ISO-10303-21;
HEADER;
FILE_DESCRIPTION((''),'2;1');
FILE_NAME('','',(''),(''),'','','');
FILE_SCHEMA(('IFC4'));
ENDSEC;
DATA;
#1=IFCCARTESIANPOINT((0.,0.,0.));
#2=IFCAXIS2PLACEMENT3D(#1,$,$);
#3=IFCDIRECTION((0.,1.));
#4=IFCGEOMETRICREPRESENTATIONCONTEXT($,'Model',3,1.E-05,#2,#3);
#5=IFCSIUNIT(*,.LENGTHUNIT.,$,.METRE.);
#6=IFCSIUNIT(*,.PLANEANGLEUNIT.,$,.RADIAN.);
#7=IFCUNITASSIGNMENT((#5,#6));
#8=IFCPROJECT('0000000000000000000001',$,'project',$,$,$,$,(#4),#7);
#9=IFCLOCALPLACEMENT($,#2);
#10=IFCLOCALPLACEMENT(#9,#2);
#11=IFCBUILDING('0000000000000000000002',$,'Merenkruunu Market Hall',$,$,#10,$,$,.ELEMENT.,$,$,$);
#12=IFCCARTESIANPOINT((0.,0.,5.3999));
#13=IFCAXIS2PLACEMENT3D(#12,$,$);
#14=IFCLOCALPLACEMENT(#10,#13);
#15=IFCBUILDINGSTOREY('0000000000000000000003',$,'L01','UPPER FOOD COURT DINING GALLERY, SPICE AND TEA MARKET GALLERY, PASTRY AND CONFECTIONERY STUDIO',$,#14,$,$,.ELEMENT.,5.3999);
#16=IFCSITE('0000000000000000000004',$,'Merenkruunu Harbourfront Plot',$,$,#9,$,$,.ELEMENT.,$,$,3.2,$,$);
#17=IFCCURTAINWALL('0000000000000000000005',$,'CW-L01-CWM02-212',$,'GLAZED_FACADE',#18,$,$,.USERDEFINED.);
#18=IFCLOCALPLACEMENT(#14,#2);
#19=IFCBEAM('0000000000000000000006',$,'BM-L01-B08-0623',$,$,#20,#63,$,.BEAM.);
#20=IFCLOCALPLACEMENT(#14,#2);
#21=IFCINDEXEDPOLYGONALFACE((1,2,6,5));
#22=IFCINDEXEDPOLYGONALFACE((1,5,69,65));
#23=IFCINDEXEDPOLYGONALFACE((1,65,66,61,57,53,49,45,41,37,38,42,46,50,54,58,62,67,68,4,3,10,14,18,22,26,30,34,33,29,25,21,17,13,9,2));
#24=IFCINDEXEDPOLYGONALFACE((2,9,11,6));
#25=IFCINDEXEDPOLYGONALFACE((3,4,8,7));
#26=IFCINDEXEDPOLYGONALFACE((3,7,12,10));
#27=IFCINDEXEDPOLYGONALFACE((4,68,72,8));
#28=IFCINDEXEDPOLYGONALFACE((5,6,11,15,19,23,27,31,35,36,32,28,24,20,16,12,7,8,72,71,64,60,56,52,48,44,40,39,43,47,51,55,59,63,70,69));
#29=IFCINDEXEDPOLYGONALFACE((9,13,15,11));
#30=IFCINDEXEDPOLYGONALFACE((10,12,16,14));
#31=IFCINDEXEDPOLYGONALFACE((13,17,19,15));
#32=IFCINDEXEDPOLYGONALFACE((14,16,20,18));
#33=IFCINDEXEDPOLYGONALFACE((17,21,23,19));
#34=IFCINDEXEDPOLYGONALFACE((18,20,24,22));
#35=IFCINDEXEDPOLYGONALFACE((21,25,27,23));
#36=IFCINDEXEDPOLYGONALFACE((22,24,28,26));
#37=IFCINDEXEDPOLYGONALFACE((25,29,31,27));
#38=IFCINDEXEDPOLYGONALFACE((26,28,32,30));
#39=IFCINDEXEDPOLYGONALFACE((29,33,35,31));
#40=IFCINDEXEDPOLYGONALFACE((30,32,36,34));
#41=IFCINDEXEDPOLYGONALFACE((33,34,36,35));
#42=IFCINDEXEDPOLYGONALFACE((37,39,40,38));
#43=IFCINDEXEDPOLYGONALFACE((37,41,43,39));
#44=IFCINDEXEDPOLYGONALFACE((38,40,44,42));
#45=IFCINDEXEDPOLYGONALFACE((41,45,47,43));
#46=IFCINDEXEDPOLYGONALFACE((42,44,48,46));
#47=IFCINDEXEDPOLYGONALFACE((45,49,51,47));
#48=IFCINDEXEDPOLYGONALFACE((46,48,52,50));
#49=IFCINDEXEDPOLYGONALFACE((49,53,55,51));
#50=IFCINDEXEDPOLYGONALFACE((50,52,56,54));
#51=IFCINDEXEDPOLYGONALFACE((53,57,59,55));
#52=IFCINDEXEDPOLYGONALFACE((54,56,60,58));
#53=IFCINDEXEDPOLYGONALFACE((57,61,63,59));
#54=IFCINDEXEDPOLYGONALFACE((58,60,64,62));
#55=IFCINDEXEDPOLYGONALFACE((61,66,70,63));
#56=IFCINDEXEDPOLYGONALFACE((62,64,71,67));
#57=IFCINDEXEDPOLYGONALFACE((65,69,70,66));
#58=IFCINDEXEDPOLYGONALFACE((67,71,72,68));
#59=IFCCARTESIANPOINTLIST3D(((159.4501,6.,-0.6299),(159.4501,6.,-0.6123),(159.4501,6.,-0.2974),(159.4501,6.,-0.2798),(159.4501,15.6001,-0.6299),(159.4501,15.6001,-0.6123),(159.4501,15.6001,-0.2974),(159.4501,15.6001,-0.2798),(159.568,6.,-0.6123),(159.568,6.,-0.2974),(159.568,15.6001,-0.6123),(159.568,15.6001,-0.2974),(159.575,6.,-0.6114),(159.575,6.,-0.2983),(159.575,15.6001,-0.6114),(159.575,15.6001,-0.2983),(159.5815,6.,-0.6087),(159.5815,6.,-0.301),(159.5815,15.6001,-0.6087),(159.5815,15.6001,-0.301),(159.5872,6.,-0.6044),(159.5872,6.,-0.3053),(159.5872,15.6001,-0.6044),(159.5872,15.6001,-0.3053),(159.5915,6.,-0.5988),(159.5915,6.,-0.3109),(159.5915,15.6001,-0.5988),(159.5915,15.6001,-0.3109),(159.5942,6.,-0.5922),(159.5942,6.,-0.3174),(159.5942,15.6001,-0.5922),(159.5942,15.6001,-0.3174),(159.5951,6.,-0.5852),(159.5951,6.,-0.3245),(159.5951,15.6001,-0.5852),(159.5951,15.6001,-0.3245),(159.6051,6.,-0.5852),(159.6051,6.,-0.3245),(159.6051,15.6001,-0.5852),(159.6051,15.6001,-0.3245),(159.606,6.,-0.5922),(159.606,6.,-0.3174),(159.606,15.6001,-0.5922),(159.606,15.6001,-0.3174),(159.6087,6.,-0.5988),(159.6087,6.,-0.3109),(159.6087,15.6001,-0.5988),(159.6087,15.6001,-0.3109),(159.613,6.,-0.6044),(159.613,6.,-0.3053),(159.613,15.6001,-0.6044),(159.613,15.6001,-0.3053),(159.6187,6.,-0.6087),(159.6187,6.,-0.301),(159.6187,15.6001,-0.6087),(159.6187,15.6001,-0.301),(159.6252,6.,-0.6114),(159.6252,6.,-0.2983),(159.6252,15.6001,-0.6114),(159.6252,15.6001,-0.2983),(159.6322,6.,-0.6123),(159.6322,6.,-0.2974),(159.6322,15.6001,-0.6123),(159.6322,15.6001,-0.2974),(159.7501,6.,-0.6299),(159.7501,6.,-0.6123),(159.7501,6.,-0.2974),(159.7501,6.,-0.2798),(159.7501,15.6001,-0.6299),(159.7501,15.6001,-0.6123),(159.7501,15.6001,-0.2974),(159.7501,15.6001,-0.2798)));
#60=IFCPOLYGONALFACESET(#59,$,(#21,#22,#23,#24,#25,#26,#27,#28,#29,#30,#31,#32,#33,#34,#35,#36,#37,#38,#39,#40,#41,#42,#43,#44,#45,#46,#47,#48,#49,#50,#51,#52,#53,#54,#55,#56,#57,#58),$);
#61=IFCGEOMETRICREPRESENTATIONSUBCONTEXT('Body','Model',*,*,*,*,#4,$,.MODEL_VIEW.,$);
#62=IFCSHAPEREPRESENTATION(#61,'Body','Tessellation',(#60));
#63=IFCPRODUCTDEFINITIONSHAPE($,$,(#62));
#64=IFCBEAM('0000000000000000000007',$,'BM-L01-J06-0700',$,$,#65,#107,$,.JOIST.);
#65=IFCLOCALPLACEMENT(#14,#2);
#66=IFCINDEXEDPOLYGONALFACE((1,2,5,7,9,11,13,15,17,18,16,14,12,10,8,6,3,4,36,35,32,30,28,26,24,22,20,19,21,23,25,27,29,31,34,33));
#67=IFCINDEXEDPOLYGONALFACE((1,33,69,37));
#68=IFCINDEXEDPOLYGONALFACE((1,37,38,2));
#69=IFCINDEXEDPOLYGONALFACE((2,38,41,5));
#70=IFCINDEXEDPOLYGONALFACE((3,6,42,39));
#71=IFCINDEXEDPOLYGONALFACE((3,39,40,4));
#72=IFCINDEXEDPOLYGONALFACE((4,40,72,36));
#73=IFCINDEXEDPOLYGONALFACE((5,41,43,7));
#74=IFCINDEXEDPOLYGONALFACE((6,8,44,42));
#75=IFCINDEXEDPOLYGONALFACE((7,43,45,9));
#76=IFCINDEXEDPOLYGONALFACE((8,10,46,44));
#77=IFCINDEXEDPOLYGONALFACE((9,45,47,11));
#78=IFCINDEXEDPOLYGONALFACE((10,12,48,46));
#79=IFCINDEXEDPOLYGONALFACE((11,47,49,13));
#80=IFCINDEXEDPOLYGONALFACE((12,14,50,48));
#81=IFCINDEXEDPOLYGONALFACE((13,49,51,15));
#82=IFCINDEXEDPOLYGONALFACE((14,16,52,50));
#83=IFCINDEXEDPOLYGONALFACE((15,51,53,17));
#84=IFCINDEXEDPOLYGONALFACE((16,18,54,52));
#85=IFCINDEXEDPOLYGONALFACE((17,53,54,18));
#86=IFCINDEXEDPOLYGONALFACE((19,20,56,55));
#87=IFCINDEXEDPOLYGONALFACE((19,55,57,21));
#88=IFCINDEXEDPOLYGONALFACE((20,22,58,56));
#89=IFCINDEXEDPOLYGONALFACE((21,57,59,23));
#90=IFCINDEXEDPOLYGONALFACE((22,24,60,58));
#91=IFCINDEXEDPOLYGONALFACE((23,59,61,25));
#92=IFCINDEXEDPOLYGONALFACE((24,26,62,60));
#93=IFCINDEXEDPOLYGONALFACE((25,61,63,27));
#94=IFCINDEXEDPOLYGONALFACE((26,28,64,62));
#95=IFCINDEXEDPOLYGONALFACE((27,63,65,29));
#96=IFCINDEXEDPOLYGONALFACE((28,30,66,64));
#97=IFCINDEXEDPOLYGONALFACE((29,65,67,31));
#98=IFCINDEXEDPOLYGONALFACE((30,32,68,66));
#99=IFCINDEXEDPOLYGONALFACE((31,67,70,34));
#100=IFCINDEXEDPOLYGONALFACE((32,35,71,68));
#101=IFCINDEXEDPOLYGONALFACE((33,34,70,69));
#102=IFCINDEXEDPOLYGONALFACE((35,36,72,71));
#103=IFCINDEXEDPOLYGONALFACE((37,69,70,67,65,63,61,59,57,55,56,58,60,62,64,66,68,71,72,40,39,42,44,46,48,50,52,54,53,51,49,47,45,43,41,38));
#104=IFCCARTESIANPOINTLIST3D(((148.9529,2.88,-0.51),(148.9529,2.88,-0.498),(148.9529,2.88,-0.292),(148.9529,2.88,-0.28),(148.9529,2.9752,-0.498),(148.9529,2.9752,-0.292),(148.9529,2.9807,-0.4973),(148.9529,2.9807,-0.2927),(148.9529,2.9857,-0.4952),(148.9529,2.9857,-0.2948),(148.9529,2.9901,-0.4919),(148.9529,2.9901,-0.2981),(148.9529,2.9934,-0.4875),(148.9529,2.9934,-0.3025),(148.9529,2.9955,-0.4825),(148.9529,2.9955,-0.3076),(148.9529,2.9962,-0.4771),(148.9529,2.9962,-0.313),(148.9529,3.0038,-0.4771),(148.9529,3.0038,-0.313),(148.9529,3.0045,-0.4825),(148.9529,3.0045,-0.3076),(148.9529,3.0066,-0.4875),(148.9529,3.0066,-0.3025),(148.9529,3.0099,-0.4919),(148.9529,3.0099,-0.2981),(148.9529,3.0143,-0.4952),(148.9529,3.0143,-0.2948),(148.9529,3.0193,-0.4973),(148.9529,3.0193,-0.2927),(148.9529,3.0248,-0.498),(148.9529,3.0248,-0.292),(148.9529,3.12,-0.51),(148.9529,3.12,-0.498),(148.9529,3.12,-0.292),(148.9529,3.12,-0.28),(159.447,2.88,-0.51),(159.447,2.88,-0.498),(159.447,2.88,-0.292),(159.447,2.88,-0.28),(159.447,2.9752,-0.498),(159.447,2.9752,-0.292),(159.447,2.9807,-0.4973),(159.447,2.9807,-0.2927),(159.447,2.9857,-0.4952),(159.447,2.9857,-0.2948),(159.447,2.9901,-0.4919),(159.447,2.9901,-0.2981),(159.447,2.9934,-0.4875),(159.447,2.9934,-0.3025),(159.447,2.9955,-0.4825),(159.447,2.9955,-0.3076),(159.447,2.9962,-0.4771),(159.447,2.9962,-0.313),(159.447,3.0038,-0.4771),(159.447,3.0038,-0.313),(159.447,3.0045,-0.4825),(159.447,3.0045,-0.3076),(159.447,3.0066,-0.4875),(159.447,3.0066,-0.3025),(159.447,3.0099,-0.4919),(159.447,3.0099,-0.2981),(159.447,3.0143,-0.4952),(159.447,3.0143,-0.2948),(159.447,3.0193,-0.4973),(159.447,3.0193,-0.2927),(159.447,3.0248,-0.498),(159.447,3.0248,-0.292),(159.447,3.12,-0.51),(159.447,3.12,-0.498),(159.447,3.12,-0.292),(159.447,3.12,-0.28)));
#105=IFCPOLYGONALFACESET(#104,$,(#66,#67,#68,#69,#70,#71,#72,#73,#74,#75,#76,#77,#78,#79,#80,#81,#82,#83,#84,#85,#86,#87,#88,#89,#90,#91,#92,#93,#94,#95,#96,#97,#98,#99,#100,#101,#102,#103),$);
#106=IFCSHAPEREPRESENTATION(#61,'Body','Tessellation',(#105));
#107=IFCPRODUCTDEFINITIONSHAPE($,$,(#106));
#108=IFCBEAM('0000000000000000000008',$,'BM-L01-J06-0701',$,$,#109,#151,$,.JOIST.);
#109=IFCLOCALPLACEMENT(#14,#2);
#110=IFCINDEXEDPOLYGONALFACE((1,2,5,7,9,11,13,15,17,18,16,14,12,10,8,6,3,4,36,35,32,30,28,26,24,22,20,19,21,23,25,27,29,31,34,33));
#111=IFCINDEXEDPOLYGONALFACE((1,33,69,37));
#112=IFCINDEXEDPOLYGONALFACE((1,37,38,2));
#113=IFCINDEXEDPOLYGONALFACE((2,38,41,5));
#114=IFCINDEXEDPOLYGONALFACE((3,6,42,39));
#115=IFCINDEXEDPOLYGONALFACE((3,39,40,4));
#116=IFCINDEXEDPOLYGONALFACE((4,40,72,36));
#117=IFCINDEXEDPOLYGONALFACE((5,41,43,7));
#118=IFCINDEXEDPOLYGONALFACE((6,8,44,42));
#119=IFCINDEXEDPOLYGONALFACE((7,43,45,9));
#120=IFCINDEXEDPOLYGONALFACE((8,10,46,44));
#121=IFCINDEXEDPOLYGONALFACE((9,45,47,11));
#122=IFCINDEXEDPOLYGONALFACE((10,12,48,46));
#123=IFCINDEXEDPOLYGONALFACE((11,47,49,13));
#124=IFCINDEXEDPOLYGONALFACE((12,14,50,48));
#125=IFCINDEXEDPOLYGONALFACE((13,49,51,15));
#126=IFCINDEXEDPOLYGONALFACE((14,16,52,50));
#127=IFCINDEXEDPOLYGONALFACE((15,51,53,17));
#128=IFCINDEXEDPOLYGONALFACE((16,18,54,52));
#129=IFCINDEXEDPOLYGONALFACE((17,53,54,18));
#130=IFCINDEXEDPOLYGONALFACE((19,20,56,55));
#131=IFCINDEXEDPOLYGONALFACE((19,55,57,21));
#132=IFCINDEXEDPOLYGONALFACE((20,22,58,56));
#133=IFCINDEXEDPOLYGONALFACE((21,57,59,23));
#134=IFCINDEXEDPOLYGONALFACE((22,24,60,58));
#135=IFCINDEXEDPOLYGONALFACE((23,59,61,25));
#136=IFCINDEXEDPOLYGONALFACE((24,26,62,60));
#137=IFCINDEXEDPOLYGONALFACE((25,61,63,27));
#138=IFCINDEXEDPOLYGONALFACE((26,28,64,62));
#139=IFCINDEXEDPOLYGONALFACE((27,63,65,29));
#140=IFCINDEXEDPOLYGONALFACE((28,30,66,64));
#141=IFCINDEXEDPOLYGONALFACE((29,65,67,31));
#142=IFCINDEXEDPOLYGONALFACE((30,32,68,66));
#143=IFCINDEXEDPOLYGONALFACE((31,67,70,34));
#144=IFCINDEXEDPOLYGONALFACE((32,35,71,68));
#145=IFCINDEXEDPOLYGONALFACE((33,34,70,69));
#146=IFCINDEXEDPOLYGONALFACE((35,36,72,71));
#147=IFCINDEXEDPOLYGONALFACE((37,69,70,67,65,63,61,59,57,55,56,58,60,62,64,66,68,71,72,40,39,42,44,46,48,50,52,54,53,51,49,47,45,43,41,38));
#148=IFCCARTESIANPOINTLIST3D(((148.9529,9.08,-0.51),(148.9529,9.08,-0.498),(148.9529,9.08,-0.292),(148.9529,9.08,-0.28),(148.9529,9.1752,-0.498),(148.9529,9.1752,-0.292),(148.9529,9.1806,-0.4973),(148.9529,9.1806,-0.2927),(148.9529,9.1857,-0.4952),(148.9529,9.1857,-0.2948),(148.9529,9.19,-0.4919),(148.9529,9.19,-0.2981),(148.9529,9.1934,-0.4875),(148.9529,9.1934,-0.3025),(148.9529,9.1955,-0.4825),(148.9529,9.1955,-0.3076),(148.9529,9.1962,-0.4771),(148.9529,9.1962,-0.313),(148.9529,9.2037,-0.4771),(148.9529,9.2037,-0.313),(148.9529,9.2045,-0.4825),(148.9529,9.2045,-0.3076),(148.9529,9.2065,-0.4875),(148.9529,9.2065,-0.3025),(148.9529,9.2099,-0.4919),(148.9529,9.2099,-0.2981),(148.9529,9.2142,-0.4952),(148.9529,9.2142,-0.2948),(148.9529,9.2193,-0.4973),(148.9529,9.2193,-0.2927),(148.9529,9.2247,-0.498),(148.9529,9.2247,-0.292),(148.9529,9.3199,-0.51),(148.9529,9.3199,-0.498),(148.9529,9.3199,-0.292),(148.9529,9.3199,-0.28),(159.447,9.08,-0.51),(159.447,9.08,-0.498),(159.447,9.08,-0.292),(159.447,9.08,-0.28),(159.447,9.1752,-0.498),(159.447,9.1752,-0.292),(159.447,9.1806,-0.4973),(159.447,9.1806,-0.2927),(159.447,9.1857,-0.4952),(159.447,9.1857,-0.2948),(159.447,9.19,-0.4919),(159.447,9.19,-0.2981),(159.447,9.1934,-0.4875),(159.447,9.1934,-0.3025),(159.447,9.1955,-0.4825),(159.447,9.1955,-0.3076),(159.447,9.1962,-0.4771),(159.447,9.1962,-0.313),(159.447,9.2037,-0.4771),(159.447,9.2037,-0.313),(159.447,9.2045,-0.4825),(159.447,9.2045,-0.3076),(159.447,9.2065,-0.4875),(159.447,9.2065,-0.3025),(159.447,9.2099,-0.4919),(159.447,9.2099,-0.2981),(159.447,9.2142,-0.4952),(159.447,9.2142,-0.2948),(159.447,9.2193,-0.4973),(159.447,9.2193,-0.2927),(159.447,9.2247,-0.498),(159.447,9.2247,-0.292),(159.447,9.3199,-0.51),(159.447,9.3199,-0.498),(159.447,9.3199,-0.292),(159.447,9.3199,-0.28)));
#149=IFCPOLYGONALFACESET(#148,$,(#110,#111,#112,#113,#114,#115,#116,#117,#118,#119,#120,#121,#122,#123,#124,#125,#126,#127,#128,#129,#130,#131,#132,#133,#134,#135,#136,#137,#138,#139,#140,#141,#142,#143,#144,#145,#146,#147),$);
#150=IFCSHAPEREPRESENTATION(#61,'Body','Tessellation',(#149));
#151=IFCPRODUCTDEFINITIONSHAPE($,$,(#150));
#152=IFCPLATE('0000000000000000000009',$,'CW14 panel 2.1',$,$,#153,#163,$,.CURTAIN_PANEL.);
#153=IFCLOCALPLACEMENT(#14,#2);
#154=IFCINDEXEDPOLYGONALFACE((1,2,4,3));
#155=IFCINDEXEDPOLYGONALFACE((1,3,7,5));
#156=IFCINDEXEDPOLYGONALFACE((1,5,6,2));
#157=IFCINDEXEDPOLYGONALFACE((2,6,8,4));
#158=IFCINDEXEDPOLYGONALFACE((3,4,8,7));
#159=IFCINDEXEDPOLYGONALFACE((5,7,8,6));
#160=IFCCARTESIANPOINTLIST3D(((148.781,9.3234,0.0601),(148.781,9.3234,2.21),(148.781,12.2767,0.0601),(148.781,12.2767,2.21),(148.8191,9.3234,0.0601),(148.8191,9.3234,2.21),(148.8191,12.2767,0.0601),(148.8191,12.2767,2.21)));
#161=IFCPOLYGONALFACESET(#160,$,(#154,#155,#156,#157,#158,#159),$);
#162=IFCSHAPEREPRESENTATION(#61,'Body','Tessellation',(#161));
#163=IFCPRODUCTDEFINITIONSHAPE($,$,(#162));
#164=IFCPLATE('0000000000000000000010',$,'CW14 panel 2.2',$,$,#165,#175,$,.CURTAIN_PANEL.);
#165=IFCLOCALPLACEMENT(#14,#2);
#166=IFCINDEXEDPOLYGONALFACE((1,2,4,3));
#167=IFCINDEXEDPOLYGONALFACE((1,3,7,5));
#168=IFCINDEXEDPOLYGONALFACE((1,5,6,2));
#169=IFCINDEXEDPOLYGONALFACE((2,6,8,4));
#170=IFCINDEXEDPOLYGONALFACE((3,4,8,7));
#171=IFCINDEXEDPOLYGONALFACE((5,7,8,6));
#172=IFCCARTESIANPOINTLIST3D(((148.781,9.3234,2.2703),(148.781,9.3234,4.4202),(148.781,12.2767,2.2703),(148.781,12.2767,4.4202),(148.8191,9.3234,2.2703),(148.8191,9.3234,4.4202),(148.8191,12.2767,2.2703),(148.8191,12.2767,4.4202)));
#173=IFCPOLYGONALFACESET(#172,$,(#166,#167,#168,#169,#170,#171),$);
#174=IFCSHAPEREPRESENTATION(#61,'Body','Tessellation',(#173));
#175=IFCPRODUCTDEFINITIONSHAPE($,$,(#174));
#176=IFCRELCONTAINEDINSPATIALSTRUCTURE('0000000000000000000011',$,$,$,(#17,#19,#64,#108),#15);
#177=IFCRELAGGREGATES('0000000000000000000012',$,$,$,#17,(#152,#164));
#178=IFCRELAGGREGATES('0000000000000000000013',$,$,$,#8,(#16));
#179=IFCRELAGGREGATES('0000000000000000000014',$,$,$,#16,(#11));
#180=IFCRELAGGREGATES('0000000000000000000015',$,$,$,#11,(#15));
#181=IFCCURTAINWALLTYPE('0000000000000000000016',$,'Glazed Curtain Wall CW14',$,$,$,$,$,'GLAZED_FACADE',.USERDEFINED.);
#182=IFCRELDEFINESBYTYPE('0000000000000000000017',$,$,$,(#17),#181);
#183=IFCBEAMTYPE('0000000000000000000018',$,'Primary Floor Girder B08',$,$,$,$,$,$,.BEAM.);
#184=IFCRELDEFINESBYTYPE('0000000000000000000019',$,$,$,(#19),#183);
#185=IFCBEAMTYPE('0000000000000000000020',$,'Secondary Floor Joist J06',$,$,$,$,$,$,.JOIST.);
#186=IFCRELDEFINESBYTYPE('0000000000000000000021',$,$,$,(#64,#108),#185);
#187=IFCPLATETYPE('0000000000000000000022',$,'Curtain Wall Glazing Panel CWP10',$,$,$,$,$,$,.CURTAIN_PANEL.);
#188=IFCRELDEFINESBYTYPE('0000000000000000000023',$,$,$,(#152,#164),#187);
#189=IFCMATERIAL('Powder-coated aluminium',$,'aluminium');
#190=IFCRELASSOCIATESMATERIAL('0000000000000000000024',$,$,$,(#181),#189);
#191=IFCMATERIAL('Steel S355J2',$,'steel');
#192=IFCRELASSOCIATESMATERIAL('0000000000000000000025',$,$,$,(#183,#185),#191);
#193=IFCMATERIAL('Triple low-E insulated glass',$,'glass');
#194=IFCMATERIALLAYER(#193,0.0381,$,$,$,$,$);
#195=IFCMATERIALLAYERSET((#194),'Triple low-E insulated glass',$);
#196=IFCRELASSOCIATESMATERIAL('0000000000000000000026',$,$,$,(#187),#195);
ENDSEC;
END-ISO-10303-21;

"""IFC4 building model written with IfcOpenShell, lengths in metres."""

from ifc_helpers import new_model, si_unit, direction, frame, origin, origin_2d, place, context, subcontext, project, spatial, rectangle, i_section, extrude, material, layer, layer_set, material_profile, profile_set, type_object, element, aggregate, save


model = new_model("IFC4")

# Units and contexts
model_context = context("Model", 3, precision=1e-05, world=origin(), true_north=direction((0.0, 1.0)))
body_context = subcontext(model_context, "Body", "Model", "MODEL_VIEW")
ifc_project = project(units=[si_unit("LENGTHUNIT", "METRE"), si_unit("PLANEANGLEUNIT", "RADIAN")], contexts=[model_context])

# Site, building, storey
site_placement = place(None, origin())
site = spatial("IfcSite", under=ifc_project, at=site_placement, Name="Merenkruunu Harbourfront Plot", CompositionType="ELEMENT", RefElevation=3.2)
building_placement = place(site_placement, origin())
building = spatial("IfcBuilding", under=site, at=building_placement, Name="Merenkruunu Market Hall", CompositionType="ELEMENT")
storey_placement = place(building_placement, frame((0.0, 0.0, 5.3999)))
storey = spatial("IfcBuildingStorey", under=building, at=storey_placement, Name="L01", Description="UPPER FOOD COURT DINING GALLERY, SPICE AND TEA MARKET GALLERY, PASTRY AND CONFECTIONERY STUDIO", CompositionType="ELEMENT", Elevation=5.3999)

# Shared definitions
ifc_material_1 = material(Name="Steel S355J2", Category="steel")

# Curtain wall
ifc_material_2 = material(Name="Powder-coated aluminium", Category="aluminium")
curtain_wall_type = type_object("IfcCurtainWallType", Name="Glazed Curtain Wall CW14", ElementType="GLAZED_FACADE", PredefinedType="USERDEFINED", material=ifc_material_2)
curtain_wall_placement = place(storey_placement, origin())
curtain_wall = element("IfcCurtainWall", 1, at=curtain_wall_placement, inside=storey, type_object=curtain_wall_type, Name="CW-L01-CWM02-212", ObjectType="GLAZED_FACADE", PredefinedType="USERDEFINED")

# Beams
ifc_material_profile_1 = material_profile(ifc_material_1, i_section(OverallWidth=0.3, OverallDepth=0.3501, WebThickness=0.01, FlangeThickness=0.0176, FilletRadius=0.0271, at=origin_2d()), Name="HEA 360")
ifc_profile_set_1 = profile_set([ifc_material_profile_1], Name="Steel S355J2")
beam_type_1 = type_object("IfcBeamType", Name="Primary Floor Girder B08", PredefinedType="BEAM", material=ifc_profile_set_1)
beam_1_placement = place(storey_placement, frame((159.6001, 6.0, -0.4548), z_axis=(0.0, 1.0, 0.0), x_axis=(-1.0, 0.0, 0.0)))
element("IfcBeam", 2, at=beam_1_placement, inside=storey, type_object=beam_type_1, Name="BM-L01-B08-0623", PredefinedType="BEAM", context=body_context, shape_type="SweptSolid", body=[
    extrude(i_section(OverallWidth=0.3, OverallDepth=0.3501, WebThickness=0.01, FlangeThickness=0.0176, FilletRadius=0.0271, at=origin_2d()), origin(), (0.0, 0.0, 1.0), 9.6001),
])
ifc_material_profile_2 = material_profile(ifc_material_1, i_section(OverallWidth=0.24, OverallDepth=0.23, WebThickness=0.0076, FlangeThickness=0.012, FilletRadius=0.021, at=origin_2d()), Name="HEA 240")
ifc_profile_set_2 = profile_set([ifc_material_profile_2], Name="Steel S355J2")
beam_type_2 = type_object("IfcBeamType", Name="Secondary Floor Joist J06", PredefinedType="JOIST", material=ifc_profile_set_2)
for number, where, z_axis, x_axis, name in (
    (3, (148.9529, 3.0, -0.395), (1.0, 0.0, 0.0), (0.0, 1.0, 0.0), "BM-L01-J06-0700"),
    (4, (148.9529, 9.2, -0.395), (1.0, 0.0, 0.0), (0.0, 1.0, 0.0), "BM-L01-J06-0701"),
):
    element("IfcBeam", number, at=place(storey_placement, frame(where, z_axis=z_axis, x_axis=x_axis)), inside=storey, type_object=beam_type_2, Name=name, PredefinedType="JOIST", context=body_context, shape_type="SweptSolid", body=[
        extrude(i_section(OverallWidth=0.24, OverallDepth=0.23, WebThickness=0.0076, FlangeThickness=0.012, FilletRadius=0.021, at=origin_2d()), origin(), (0.0, 0.0, 1.0), 10.4941),
    ])

# Plates
ifc_material_3 = material(Name="Triple low-E insulated glass", Category="glass")
ifc_layer_1 = layer(ifc_material_3, 0.0381)
ifc_layer_set_1 = layer_set([ifc_layer_1], Name="Triple low-E insulated glass")
plate_type = type_object("IfcPlateType", Name="Curtain Wall Glazing Panel CWP10", PredefinedType="CURTAIN_PANEL", material=ifc_layer_set_1)
plate_1_placement = place(storey_placement, frame((148.8, 10.8, 0.0601), z_axis=(0.0, 0.0, 1.0), x_axis=(0.0, 1.0, 0.0)))
plate_1 = element("IfcPlate", 5, at=plate_1_placement, type_object=plate_type, Name="CW14 panel 2.1", PredefinedType="CURTAIN_PANEL", context=body_context, shape_type="SweptSolid", body=[
    extrude(rectangle(XDim=2.9534, YDim=0.0381, at=origin_2d()), origin(), (0.0, 0.0, 1.0), 2.1499),
])
plate_2_placement = place(storey_placement, frame((148.8, 10.8, 2.2703), z_axis=(0.0, 0.0, 1.0), x_axis=(0.0, 1.0, 0.0)))
plate_2 = element("IfcPlate", 6, at=plate_2_placement, type_object=plate_type, Name="CW14 panel 2.2", PredefinedType="CURTAIN_PANEL", context=body_context, shape_type="SweptSolid", body=[
    extrude(rectangle(XDim=2.9534, YDim=0.0381, at=origin_2d()), origin(), (0.0, 0.0, 1.0), 2.1499),
])
aggregate(curtain_wall, [plate_1, plate_2])

save(model, "model.ifc")
